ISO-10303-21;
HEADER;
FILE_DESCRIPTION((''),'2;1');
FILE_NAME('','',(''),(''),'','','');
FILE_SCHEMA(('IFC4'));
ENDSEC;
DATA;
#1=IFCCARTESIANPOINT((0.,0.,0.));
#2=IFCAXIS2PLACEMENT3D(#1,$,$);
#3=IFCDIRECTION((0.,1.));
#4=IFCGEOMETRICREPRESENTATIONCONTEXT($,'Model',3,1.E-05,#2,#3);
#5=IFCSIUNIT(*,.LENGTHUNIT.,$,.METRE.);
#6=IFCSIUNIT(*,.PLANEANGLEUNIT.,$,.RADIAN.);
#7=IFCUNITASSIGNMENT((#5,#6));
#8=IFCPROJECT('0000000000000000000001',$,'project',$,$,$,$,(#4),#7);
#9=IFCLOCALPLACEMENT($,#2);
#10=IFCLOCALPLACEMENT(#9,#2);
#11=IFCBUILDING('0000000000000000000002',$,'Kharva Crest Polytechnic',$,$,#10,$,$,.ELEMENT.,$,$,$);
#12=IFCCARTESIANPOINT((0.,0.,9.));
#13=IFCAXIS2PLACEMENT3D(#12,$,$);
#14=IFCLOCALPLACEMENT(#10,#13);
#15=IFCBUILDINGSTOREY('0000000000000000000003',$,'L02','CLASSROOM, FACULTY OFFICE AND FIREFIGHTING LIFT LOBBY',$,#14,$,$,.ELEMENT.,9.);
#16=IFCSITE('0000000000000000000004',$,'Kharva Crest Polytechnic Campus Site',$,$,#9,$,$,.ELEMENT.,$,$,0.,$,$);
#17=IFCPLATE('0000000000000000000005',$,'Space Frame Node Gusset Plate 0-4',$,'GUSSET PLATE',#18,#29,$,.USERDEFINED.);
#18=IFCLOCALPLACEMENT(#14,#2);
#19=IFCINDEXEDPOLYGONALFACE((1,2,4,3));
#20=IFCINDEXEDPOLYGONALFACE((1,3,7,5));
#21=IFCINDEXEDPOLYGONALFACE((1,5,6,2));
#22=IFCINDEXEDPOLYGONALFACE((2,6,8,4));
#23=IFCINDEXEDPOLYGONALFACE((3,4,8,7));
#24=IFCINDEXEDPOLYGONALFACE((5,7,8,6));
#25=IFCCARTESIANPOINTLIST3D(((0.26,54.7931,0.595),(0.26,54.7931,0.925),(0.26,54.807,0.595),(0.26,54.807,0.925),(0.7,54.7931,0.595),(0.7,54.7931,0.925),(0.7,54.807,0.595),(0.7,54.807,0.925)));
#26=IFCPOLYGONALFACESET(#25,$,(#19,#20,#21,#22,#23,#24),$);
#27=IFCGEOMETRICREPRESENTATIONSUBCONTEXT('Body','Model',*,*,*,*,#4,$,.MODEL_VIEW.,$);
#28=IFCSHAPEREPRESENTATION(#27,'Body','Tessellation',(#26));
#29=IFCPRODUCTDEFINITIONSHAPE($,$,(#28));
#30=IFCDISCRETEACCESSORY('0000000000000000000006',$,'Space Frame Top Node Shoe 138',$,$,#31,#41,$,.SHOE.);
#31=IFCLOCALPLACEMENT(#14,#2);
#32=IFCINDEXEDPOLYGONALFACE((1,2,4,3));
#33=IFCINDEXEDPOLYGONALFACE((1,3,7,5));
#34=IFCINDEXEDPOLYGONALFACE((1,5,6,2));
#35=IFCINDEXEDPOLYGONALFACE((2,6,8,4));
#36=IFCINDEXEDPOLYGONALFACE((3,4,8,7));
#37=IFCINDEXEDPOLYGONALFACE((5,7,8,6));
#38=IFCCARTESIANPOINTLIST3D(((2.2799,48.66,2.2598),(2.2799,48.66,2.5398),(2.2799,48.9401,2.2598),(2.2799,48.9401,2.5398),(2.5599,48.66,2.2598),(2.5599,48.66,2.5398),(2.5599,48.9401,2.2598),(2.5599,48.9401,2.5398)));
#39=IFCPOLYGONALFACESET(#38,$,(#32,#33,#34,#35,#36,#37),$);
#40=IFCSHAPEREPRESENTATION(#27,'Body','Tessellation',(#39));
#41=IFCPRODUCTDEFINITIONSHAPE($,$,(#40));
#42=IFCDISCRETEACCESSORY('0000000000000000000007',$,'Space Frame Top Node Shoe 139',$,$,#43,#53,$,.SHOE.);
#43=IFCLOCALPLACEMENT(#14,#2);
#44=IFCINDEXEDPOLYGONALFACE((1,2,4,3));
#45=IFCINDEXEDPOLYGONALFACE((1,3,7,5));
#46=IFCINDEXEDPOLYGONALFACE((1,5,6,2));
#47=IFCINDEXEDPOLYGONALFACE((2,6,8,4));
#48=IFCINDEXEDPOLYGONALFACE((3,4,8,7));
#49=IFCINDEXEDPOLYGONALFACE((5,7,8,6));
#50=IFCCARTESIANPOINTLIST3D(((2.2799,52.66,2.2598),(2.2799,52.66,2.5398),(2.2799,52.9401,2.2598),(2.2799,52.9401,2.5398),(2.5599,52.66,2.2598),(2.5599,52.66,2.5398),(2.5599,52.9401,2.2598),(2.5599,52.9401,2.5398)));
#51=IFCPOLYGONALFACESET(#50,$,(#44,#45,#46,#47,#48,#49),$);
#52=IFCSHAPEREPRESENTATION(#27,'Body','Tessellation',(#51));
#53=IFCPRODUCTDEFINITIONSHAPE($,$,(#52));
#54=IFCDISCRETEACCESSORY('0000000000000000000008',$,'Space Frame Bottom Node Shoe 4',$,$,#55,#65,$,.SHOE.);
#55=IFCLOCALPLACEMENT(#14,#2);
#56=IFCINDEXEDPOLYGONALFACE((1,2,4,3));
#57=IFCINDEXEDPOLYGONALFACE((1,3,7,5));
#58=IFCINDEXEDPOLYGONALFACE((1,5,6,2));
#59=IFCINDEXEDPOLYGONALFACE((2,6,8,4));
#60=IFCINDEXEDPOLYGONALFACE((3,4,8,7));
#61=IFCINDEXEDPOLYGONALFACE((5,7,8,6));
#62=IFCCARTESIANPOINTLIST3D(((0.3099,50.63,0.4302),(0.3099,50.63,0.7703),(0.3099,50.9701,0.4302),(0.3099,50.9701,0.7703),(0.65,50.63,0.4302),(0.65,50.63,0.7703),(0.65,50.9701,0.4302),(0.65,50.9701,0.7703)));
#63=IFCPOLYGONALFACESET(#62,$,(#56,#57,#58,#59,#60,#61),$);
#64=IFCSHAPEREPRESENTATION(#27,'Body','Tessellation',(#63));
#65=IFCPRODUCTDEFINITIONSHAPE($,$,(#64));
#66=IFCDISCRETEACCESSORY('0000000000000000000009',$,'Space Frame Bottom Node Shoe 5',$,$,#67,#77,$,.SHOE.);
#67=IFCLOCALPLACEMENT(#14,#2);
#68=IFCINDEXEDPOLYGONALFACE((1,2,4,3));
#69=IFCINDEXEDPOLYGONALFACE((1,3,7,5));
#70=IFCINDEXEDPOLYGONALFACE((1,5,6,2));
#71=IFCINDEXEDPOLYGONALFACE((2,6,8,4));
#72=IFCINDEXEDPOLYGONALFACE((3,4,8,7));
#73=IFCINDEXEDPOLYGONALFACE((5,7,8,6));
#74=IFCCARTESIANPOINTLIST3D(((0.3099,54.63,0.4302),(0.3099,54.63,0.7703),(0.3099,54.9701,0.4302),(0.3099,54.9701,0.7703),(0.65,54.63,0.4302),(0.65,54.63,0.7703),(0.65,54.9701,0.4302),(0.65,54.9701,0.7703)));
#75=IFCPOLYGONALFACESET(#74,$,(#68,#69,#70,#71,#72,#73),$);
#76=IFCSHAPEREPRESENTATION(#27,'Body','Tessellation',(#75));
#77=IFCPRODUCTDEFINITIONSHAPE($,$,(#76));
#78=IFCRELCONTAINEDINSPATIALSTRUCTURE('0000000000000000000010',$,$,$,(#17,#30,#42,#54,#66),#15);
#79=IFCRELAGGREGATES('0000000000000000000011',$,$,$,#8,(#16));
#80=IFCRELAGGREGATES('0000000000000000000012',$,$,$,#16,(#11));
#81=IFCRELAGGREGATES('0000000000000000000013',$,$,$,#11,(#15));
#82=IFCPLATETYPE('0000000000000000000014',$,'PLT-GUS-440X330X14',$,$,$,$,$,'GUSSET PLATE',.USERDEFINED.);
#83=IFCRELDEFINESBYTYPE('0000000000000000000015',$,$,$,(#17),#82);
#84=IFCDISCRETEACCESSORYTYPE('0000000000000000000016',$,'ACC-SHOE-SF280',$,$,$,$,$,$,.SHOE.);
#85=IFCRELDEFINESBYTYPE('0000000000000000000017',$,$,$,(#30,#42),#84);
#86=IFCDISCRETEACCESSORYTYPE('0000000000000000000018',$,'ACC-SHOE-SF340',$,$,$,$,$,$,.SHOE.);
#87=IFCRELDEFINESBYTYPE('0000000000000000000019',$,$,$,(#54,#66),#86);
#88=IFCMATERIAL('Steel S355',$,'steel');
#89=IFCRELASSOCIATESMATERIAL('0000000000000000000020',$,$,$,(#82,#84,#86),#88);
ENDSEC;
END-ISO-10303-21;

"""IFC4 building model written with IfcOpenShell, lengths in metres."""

from ifc_helpers import new_model, si_unit, direction, frame, origin, origin_2d, place, context, subcontext, project, spatial, rectangle, extrude, material, type_object, element, save


model = new_model("IFC4")

# Units and contexts
model_context = context("Model", 3, precision=1e-05, world=origin(), true_north=direction((0.0, 1.0)))
body_context = subcontext(model_context, "Body", "Model", "MODEL_VIEW")
ifc_project = project(units=[si_unit("LENGTHUNIT", "METRE"), si_unit("PLANEANGLEUNIT", "RADIAN")], contexts=[model_context])

# Site, building, storey
site_placement = place(None, origin())
site = spatial("IfcSite", under=ifc_project, at=site_placement, Name="Kharva Crest Polytechnic Campus Site", CompositionType="ELEMENT", RefElevation=0.0)
building_placement = place(site_placement, origin())
building = spatial("IfcBuilding", under=site, at=building_placement, Name="Kharva Crest Polytechnic", CompositionType="ELEMENT")
storey_placement = place(building_placement, frame((0.0, 0.0, 9.0)))
storey = spatial("IfcBuildingStorey", under=building, at=storey_placement, Name="L02", Description="CLASSROOM, FACULTY OFFICE AND FIREFIGHTING LIFT LOBBY", CompositionType="ELEMENT", Elevation=9.0)

# Shared definitions
ifc_material_1 = material(Name="Steel S355", Category="steel")

# Plate
plate_type_1 = type_object("IfcPlateType", Name="PLT-GUS-440X330X14", ElementType="GUSSET PLATE", PredefinedType="USERDEFINED", material=ifc_material_1)
plate_1_placement = place(storey_placement, frame((0.48, 54.8, 0.595), z_axis=(0.0, 0.0, 1.0), x_axis=(1.0, 0.0, 0.0)))
element("IfcPlate", 1, at=plate_1_placement, inside=storey, type_object=plate_type_1, Name="Space Frame Node Gusset Plate 0-4", ObjectType="GUSSET PLATE", PredefinedType="USERDEFINED", context=body_context, shape_type="SweptSolid", body=[
    extrude(rectangle(XDim=0.4399, YDim=0.0139, at=origin_2d()), origin(), (0.0, 0.0, 1.0), 0.3301),
])

# Discrete accessories
discrete_accessory_type_1 = type_object("IfcDiscreteAccessoryType", Name="ACC-SHOE-SF280", PredefinedType="SHOE", material=ifc_material_1)
for number, where, z_axis, x_axis, name in (
    (2, (2.4199, 48.8, 2.2598), (0.0, 0.0, 1.0), (1.0, 0.0, 0.0), "Space Frame Top Node Shoe 138"),
    (3, (2.4199, 52.8, 2.2598), (0.0, 0.0, 1.0), (1.0, 0.0, 0.0), "Space Frame Top Node Shoe 139"),
):
    element("IfcDiscreteAccessory", number, at=place(storey_placement, frame(where, z_axis=z_axis, x_axis=x_axis)), inside=storey, type_object=discrete_accessory_type_1, Name=name, PredefinedType="SHOE", context=body_context, shape_type="SweptSolid", body=[
        extrude(rectangle(XDim=0.28, YDim=0.28, at=origin_2d()), origin(), (0.0, 0.0, 1.0), 0.28),
    ])
discrete_accessory_type_2 = type_object("IfcDiscreteAccessoryType", Name="ACC-SHOE-SF340", PredefinedType="SHOE", material=ifc_material_1)
for number, where, z_axis, x_axis, name in (
    (4, (0.48, 50.8, 0.4302), (0.0, 0.0, 1.0), (1.0, 0.0, 0.0), "Space Frame Bottom Node Shoe 4"),
    (5, (0.48, 54.8, 0.4302), (0.0, 0.0, 1.0), (1.0, 0.0, 0.0), "Space Frame Bottom Node Shoe 5"),
):
    element("IfcDiscreteAccessory", number, at=place(storey_placement, frame(where, z_axis=z_axis, x_axis=x_axis)), inside=storey, type_object=discrete_accessory_type_2, Name=name, PredefinedType="SHOE", context=body_context, shape_type="SweptSolid", body=[
        extrude(rectangle(XDim=0.3401, YDim=0.3401, at=origin_2d()), origin(), (0.0, 0.0, 1.0), 0.3401),
    ])

save(model, "model.ifc")
